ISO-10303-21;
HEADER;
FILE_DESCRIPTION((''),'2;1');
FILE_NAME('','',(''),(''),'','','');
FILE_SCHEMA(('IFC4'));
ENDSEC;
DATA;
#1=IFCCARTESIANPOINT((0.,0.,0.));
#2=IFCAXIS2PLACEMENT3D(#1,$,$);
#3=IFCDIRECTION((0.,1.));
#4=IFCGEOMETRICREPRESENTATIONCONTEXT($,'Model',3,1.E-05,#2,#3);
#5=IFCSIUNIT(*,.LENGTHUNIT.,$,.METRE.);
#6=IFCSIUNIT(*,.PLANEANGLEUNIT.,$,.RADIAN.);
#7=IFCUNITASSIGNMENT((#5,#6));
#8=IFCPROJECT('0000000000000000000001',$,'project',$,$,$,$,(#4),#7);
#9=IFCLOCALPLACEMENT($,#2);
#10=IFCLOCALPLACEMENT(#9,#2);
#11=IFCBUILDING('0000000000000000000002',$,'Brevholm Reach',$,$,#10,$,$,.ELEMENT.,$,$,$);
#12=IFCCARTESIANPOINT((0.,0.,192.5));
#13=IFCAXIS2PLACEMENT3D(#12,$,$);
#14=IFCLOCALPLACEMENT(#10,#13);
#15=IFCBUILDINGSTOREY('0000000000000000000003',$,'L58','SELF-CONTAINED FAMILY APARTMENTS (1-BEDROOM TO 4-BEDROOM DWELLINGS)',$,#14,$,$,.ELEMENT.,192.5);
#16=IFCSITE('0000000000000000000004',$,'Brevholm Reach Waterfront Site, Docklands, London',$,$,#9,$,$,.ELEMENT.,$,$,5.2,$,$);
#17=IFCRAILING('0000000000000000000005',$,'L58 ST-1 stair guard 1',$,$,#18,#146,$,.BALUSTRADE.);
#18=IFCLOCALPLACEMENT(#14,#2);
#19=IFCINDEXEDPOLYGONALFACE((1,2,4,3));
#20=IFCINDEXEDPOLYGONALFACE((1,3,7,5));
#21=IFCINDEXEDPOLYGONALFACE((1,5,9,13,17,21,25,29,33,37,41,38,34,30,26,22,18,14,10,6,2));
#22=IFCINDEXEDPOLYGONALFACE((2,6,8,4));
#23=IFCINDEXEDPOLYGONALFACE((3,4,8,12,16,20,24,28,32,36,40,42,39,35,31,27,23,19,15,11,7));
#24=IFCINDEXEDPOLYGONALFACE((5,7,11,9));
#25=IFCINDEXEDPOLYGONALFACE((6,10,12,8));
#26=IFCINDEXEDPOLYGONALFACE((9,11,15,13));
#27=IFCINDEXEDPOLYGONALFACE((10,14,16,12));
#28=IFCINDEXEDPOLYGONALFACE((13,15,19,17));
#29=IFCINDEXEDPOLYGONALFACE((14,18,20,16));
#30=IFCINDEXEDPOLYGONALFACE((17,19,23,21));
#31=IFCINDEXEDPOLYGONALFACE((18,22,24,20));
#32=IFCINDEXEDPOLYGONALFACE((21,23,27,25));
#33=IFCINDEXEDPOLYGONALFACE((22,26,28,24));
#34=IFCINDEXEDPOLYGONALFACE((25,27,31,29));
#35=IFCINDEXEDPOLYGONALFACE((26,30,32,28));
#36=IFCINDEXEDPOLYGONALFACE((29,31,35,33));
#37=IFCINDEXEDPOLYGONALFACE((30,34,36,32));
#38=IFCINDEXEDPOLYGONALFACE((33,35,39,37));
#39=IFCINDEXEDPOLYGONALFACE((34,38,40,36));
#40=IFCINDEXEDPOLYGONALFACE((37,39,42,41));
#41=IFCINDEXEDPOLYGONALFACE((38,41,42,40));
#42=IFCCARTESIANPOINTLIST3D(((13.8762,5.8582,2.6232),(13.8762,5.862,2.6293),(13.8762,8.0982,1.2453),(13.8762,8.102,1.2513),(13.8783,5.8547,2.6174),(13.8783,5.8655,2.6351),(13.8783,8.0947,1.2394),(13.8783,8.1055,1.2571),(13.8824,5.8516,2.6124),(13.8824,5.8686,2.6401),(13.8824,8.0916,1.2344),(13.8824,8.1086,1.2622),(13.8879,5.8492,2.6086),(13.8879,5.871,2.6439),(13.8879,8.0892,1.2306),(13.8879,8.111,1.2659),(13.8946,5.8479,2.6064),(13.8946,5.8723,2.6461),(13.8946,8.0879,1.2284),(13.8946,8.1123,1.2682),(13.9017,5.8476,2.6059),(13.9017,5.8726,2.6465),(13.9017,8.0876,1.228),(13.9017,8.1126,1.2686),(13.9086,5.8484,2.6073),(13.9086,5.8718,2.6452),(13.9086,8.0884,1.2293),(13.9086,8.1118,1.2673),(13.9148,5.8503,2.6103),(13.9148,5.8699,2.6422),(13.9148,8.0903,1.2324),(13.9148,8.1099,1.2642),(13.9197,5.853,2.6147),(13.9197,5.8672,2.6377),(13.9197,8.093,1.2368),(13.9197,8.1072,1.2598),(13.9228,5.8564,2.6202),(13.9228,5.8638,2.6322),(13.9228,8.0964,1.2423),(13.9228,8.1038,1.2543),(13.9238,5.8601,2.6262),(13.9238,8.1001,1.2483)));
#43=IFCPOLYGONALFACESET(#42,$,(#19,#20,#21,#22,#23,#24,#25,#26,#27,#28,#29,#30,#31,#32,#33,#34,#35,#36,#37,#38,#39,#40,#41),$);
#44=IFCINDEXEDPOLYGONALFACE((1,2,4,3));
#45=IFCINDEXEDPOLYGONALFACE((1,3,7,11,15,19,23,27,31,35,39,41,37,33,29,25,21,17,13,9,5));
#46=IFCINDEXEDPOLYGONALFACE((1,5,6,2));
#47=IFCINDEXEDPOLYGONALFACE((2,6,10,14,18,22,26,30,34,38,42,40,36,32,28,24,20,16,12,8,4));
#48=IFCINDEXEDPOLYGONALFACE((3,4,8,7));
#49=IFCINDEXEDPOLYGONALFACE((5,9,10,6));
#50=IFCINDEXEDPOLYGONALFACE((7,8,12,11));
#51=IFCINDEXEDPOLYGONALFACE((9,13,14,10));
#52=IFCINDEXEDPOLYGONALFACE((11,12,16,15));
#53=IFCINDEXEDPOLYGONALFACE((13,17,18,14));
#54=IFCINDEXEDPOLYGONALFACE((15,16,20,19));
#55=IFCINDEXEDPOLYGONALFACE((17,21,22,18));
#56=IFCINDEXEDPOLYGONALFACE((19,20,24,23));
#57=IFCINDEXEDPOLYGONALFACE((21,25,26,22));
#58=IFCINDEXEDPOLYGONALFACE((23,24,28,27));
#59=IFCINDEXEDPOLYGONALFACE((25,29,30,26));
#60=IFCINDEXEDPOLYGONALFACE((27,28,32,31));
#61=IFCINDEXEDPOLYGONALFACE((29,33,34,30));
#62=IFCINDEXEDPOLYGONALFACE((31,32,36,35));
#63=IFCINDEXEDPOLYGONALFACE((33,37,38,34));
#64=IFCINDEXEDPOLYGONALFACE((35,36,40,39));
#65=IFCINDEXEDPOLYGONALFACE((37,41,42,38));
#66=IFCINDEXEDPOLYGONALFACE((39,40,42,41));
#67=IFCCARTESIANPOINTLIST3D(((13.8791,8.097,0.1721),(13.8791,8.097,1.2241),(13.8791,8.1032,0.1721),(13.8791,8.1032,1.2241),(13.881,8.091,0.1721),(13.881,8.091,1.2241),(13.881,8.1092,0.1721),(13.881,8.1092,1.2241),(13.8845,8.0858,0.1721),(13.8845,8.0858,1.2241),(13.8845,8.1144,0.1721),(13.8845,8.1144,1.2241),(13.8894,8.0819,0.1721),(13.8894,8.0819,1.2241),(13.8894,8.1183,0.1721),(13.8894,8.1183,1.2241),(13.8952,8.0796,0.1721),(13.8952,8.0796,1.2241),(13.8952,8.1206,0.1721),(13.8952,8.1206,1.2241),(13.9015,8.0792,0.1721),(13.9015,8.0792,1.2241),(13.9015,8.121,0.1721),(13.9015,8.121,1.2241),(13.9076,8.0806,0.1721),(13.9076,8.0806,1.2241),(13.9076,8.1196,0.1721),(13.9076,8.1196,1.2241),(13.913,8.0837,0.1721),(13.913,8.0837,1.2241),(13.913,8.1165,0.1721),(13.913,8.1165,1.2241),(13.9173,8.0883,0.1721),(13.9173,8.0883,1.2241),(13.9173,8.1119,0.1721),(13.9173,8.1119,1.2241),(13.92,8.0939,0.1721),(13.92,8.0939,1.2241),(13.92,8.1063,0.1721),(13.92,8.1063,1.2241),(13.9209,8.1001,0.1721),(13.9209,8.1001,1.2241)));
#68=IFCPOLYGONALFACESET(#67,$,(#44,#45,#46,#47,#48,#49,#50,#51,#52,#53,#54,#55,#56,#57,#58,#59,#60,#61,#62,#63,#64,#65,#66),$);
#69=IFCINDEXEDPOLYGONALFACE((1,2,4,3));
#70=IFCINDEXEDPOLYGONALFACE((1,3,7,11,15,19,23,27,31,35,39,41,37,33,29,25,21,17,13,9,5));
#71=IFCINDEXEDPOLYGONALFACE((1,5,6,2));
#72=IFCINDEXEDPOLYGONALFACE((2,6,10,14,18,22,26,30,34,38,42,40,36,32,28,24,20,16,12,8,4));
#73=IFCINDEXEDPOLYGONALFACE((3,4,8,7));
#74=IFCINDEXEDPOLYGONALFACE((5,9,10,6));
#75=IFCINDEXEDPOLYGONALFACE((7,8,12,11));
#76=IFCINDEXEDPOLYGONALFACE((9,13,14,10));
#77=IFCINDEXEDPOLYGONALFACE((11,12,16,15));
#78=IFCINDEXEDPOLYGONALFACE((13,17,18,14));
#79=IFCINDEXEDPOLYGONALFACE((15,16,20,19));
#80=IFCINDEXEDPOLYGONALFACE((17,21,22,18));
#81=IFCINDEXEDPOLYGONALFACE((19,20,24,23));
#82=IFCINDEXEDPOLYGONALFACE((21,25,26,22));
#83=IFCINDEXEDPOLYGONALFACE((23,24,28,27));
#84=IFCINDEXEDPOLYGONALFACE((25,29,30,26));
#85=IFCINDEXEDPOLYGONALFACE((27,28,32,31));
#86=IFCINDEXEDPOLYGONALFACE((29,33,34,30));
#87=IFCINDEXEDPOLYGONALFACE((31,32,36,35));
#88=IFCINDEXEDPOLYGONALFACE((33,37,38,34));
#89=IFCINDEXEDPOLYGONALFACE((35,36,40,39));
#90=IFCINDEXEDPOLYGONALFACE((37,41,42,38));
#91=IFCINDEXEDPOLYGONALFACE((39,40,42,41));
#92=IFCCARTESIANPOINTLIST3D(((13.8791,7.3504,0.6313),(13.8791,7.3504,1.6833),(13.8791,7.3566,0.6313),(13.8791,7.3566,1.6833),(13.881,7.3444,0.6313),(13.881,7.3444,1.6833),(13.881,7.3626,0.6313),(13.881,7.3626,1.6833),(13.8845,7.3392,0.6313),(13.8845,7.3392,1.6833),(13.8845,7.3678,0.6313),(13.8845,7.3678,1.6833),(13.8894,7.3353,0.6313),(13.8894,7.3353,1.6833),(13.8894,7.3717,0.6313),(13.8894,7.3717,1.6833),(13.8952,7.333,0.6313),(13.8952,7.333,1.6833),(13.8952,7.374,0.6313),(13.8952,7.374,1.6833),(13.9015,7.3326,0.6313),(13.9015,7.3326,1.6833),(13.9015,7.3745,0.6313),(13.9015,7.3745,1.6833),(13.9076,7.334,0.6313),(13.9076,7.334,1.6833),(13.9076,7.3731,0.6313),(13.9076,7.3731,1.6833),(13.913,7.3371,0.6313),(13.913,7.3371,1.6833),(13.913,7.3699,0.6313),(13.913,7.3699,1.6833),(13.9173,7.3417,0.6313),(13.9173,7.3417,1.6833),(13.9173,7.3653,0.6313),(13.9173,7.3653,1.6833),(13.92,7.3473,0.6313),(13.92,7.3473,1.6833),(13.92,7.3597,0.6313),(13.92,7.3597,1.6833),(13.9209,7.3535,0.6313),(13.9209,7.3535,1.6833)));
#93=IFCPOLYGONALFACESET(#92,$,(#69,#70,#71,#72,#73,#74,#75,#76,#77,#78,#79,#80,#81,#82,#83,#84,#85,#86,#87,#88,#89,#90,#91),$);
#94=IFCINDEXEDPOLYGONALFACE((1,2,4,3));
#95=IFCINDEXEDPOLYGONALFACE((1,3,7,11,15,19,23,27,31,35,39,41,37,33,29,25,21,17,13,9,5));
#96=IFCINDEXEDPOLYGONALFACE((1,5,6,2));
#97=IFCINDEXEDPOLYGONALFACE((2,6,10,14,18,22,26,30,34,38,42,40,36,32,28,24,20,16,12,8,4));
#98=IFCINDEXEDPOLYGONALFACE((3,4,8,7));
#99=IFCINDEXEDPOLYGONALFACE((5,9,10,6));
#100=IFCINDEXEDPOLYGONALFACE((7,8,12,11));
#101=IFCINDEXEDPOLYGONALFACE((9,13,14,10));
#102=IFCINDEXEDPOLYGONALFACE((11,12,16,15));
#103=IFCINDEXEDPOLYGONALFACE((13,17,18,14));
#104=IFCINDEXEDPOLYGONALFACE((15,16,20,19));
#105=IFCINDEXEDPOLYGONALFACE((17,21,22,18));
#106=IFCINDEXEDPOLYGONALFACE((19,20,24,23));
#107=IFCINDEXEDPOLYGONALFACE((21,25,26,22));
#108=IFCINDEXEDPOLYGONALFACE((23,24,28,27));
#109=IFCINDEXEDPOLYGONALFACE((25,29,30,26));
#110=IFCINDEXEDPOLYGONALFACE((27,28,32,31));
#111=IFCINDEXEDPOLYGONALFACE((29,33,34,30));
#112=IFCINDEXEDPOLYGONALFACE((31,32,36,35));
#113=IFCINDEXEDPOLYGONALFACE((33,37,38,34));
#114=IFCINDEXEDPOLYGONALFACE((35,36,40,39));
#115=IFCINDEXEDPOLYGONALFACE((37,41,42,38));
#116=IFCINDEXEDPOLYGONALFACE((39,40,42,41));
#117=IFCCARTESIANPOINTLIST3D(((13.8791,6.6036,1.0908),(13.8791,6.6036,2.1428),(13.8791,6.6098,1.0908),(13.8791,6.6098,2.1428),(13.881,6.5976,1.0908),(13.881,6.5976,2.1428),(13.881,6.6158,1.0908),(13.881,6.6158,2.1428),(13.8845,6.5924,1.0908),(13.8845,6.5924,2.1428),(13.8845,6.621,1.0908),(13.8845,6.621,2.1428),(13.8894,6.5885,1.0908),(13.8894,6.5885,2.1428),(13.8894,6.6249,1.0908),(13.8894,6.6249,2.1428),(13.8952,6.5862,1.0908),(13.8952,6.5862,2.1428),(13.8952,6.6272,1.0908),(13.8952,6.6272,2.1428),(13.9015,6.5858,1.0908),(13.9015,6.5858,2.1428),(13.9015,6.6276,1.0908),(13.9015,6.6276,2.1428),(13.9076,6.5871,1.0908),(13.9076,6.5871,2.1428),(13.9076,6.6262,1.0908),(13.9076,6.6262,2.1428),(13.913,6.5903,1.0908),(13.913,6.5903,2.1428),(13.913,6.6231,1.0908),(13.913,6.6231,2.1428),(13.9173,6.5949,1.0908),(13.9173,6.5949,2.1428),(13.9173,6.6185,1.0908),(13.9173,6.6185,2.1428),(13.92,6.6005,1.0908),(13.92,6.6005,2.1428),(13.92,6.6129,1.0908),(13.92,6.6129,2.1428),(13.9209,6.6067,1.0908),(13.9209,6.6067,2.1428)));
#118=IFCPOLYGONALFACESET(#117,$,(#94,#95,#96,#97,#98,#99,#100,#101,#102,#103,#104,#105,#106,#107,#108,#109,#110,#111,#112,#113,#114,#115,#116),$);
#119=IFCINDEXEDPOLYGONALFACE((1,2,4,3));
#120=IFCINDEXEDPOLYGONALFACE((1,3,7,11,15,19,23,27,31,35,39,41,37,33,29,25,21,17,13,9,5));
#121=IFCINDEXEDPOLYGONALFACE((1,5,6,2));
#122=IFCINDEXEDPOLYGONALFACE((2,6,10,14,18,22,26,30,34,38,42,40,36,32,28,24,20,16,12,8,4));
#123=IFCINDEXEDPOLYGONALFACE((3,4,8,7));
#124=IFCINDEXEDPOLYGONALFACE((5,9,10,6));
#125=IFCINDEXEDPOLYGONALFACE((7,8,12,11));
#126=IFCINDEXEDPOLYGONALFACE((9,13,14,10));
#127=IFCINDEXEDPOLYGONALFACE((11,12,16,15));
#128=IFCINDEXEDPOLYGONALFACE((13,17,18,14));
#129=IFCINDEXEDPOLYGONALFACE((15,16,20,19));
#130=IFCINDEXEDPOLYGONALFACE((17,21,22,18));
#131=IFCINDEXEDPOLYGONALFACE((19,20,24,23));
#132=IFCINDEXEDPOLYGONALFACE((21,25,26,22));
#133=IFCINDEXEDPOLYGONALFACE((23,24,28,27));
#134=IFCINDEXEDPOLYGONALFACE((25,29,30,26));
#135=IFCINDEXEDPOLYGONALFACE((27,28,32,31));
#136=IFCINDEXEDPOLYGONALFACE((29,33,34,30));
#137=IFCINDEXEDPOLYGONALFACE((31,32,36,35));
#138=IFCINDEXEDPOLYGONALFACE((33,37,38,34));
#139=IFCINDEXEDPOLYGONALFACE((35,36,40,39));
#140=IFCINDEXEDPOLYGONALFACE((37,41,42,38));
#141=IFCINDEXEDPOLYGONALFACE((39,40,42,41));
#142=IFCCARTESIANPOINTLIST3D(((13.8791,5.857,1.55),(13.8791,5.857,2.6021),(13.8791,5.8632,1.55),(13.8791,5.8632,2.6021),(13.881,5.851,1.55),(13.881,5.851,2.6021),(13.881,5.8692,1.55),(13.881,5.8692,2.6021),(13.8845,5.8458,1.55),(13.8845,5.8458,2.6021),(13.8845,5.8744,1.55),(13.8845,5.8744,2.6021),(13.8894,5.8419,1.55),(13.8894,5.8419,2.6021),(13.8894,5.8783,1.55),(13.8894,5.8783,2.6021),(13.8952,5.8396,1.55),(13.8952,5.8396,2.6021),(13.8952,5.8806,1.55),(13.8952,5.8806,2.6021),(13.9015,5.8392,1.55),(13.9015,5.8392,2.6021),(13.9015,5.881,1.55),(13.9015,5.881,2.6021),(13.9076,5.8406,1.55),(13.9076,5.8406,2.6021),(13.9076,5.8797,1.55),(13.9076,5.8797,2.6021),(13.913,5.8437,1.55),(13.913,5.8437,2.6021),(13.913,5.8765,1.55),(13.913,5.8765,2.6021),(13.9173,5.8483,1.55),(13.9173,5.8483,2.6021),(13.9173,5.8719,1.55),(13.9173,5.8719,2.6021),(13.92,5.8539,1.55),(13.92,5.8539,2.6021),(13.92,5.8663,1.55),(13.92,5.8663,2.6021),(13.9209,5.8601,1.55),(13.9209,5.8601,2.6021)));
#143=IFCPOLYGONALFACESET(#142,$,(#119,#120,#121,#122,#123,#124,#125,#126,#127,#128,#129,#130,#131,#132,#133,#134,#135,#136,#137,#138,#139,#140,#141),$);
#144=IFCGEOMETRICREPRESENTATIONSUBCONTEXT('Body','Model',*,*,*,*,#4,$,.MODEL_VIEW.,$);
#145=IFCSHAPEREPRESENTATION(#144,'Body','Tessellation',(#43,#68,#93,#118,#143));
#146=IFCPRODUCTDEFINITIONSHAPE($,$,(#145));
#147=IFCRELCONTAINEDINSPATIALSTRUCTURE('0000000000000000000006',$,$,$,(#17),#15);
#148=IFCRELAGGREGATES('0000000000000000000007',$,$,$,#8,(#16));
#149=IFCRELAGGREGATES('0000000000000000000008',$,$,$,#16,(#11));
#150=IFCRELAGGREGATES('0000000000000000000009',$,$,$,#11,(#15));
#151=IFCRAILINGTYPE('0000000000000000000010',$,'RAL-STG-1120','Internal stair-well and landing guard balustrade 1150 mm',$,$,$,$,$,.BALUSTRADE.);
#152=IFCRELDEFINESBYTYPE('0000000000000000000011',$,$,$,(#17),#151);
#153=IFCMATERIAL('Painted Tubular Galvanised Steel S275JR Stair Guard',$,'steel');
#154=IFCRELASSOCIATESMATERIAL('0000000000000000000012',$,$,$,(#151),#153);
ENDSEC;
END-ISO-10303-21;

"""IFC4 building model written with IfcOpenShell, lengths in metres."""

from ifc_helpers import new_model, si_unit, direction, frame, origin, origin_2d, place, context, subcontext, project, spatial, circle, extrude, material, type_object, element, save


model = new_model("IFC4")

# Units and contexts
model_context = context("Model", 3, precision=1e-05, world=origin(), true_north=direction((0.0, 1.0)))
body_context = subcontext(model_context, "Body", "Model", "MODEL_VIEW")
ifc_project = project(units=[si_unit("LENGTHUNIT", "METRE"), si_unit("PLANEANGLEUNIT", "RADIAN")], contexts=[model_context])

# Site, building, storey
site_placement = place(None, origin())
site = spatial("IfcSite", under=ifc_project, at=site_placement, Name="Brevholm Reach Waterfront Site, Docklands, London", CompositionType="ELEMENT", RefElevation=5.2)
building_placement = place(site_placement, origin())
building = spatial("IfcBuilding", under=site, at=building_placement, Name="Brevholm Reach", CompositionType="ELEMENT")
storey_placement = place(building_placement, frame((0.0, 0.0, 192.5)))
storey = spatial("IfcBuildingStorey", under=building, at=storey_placement, Name="L58", Description="SELF-CONTAINED FAMILY APARTMENTS (1-BEDROOM TO 4-BEDROOM DWELLINGS)", CompositionType="ELEMENT", Elevation=192.5)

# Railing
ifc_material_1 = material(Name="Painted Tubular Galvanised Steel S275JR Stair Guard", Category="steel")
railing_type_1 = type_object("IfcRailingType", Name="RAL-STG-1120", Description="Internal stair-well and landing guard balustrade 1150 mm", PredefinedType="BALUSTRADE", material=ifc_material_1)
railing_1_placement = place(storey_placement, frame((13.8999, 8.1001, 0.1721)))
element("IfcRailing", 1, at=railing_1_placement, inside=storey, type_object=railing_type_1, Name="L58 ST-1 stair guard 1", PredefinedType="BALUSTRADE", context=body_context, shape_type="SweptSolid", body=[
    extrude(circle(Radius=0.0239, at=origin_2d()), frame((0.0, 0.0, 1.0762), z_axis=(0.0, -0.851748, 0.523952), x_axis=(1.0, 0.0, 0.0)), (0.0, 0.0, 1.0), 2.6299),
    extrude(circle(Radius=0.021, at=origin_2d()), origin(), (0.0, 0.0, 1.0), 1.052),
    extrude(circle(Radius=0.021, at=origin_2d()), frame((0.0, -0.7466, 0.4592)), (0.0, 0.0, 1.0), 1.052),
    extrude(circle(Radius=0.021, at=origin_2d()), frame((0.0, -1.4934, 0.9187)), (0.0, 0.0, 1.0), 1.052),
    extrude(circle(Radius=0.021, at=origin_2d()), frame((0.0, -2.24, 1.3779)), (0.0, 0.0, 1.0), 1.052),
])

save(model, "model.ifc")
